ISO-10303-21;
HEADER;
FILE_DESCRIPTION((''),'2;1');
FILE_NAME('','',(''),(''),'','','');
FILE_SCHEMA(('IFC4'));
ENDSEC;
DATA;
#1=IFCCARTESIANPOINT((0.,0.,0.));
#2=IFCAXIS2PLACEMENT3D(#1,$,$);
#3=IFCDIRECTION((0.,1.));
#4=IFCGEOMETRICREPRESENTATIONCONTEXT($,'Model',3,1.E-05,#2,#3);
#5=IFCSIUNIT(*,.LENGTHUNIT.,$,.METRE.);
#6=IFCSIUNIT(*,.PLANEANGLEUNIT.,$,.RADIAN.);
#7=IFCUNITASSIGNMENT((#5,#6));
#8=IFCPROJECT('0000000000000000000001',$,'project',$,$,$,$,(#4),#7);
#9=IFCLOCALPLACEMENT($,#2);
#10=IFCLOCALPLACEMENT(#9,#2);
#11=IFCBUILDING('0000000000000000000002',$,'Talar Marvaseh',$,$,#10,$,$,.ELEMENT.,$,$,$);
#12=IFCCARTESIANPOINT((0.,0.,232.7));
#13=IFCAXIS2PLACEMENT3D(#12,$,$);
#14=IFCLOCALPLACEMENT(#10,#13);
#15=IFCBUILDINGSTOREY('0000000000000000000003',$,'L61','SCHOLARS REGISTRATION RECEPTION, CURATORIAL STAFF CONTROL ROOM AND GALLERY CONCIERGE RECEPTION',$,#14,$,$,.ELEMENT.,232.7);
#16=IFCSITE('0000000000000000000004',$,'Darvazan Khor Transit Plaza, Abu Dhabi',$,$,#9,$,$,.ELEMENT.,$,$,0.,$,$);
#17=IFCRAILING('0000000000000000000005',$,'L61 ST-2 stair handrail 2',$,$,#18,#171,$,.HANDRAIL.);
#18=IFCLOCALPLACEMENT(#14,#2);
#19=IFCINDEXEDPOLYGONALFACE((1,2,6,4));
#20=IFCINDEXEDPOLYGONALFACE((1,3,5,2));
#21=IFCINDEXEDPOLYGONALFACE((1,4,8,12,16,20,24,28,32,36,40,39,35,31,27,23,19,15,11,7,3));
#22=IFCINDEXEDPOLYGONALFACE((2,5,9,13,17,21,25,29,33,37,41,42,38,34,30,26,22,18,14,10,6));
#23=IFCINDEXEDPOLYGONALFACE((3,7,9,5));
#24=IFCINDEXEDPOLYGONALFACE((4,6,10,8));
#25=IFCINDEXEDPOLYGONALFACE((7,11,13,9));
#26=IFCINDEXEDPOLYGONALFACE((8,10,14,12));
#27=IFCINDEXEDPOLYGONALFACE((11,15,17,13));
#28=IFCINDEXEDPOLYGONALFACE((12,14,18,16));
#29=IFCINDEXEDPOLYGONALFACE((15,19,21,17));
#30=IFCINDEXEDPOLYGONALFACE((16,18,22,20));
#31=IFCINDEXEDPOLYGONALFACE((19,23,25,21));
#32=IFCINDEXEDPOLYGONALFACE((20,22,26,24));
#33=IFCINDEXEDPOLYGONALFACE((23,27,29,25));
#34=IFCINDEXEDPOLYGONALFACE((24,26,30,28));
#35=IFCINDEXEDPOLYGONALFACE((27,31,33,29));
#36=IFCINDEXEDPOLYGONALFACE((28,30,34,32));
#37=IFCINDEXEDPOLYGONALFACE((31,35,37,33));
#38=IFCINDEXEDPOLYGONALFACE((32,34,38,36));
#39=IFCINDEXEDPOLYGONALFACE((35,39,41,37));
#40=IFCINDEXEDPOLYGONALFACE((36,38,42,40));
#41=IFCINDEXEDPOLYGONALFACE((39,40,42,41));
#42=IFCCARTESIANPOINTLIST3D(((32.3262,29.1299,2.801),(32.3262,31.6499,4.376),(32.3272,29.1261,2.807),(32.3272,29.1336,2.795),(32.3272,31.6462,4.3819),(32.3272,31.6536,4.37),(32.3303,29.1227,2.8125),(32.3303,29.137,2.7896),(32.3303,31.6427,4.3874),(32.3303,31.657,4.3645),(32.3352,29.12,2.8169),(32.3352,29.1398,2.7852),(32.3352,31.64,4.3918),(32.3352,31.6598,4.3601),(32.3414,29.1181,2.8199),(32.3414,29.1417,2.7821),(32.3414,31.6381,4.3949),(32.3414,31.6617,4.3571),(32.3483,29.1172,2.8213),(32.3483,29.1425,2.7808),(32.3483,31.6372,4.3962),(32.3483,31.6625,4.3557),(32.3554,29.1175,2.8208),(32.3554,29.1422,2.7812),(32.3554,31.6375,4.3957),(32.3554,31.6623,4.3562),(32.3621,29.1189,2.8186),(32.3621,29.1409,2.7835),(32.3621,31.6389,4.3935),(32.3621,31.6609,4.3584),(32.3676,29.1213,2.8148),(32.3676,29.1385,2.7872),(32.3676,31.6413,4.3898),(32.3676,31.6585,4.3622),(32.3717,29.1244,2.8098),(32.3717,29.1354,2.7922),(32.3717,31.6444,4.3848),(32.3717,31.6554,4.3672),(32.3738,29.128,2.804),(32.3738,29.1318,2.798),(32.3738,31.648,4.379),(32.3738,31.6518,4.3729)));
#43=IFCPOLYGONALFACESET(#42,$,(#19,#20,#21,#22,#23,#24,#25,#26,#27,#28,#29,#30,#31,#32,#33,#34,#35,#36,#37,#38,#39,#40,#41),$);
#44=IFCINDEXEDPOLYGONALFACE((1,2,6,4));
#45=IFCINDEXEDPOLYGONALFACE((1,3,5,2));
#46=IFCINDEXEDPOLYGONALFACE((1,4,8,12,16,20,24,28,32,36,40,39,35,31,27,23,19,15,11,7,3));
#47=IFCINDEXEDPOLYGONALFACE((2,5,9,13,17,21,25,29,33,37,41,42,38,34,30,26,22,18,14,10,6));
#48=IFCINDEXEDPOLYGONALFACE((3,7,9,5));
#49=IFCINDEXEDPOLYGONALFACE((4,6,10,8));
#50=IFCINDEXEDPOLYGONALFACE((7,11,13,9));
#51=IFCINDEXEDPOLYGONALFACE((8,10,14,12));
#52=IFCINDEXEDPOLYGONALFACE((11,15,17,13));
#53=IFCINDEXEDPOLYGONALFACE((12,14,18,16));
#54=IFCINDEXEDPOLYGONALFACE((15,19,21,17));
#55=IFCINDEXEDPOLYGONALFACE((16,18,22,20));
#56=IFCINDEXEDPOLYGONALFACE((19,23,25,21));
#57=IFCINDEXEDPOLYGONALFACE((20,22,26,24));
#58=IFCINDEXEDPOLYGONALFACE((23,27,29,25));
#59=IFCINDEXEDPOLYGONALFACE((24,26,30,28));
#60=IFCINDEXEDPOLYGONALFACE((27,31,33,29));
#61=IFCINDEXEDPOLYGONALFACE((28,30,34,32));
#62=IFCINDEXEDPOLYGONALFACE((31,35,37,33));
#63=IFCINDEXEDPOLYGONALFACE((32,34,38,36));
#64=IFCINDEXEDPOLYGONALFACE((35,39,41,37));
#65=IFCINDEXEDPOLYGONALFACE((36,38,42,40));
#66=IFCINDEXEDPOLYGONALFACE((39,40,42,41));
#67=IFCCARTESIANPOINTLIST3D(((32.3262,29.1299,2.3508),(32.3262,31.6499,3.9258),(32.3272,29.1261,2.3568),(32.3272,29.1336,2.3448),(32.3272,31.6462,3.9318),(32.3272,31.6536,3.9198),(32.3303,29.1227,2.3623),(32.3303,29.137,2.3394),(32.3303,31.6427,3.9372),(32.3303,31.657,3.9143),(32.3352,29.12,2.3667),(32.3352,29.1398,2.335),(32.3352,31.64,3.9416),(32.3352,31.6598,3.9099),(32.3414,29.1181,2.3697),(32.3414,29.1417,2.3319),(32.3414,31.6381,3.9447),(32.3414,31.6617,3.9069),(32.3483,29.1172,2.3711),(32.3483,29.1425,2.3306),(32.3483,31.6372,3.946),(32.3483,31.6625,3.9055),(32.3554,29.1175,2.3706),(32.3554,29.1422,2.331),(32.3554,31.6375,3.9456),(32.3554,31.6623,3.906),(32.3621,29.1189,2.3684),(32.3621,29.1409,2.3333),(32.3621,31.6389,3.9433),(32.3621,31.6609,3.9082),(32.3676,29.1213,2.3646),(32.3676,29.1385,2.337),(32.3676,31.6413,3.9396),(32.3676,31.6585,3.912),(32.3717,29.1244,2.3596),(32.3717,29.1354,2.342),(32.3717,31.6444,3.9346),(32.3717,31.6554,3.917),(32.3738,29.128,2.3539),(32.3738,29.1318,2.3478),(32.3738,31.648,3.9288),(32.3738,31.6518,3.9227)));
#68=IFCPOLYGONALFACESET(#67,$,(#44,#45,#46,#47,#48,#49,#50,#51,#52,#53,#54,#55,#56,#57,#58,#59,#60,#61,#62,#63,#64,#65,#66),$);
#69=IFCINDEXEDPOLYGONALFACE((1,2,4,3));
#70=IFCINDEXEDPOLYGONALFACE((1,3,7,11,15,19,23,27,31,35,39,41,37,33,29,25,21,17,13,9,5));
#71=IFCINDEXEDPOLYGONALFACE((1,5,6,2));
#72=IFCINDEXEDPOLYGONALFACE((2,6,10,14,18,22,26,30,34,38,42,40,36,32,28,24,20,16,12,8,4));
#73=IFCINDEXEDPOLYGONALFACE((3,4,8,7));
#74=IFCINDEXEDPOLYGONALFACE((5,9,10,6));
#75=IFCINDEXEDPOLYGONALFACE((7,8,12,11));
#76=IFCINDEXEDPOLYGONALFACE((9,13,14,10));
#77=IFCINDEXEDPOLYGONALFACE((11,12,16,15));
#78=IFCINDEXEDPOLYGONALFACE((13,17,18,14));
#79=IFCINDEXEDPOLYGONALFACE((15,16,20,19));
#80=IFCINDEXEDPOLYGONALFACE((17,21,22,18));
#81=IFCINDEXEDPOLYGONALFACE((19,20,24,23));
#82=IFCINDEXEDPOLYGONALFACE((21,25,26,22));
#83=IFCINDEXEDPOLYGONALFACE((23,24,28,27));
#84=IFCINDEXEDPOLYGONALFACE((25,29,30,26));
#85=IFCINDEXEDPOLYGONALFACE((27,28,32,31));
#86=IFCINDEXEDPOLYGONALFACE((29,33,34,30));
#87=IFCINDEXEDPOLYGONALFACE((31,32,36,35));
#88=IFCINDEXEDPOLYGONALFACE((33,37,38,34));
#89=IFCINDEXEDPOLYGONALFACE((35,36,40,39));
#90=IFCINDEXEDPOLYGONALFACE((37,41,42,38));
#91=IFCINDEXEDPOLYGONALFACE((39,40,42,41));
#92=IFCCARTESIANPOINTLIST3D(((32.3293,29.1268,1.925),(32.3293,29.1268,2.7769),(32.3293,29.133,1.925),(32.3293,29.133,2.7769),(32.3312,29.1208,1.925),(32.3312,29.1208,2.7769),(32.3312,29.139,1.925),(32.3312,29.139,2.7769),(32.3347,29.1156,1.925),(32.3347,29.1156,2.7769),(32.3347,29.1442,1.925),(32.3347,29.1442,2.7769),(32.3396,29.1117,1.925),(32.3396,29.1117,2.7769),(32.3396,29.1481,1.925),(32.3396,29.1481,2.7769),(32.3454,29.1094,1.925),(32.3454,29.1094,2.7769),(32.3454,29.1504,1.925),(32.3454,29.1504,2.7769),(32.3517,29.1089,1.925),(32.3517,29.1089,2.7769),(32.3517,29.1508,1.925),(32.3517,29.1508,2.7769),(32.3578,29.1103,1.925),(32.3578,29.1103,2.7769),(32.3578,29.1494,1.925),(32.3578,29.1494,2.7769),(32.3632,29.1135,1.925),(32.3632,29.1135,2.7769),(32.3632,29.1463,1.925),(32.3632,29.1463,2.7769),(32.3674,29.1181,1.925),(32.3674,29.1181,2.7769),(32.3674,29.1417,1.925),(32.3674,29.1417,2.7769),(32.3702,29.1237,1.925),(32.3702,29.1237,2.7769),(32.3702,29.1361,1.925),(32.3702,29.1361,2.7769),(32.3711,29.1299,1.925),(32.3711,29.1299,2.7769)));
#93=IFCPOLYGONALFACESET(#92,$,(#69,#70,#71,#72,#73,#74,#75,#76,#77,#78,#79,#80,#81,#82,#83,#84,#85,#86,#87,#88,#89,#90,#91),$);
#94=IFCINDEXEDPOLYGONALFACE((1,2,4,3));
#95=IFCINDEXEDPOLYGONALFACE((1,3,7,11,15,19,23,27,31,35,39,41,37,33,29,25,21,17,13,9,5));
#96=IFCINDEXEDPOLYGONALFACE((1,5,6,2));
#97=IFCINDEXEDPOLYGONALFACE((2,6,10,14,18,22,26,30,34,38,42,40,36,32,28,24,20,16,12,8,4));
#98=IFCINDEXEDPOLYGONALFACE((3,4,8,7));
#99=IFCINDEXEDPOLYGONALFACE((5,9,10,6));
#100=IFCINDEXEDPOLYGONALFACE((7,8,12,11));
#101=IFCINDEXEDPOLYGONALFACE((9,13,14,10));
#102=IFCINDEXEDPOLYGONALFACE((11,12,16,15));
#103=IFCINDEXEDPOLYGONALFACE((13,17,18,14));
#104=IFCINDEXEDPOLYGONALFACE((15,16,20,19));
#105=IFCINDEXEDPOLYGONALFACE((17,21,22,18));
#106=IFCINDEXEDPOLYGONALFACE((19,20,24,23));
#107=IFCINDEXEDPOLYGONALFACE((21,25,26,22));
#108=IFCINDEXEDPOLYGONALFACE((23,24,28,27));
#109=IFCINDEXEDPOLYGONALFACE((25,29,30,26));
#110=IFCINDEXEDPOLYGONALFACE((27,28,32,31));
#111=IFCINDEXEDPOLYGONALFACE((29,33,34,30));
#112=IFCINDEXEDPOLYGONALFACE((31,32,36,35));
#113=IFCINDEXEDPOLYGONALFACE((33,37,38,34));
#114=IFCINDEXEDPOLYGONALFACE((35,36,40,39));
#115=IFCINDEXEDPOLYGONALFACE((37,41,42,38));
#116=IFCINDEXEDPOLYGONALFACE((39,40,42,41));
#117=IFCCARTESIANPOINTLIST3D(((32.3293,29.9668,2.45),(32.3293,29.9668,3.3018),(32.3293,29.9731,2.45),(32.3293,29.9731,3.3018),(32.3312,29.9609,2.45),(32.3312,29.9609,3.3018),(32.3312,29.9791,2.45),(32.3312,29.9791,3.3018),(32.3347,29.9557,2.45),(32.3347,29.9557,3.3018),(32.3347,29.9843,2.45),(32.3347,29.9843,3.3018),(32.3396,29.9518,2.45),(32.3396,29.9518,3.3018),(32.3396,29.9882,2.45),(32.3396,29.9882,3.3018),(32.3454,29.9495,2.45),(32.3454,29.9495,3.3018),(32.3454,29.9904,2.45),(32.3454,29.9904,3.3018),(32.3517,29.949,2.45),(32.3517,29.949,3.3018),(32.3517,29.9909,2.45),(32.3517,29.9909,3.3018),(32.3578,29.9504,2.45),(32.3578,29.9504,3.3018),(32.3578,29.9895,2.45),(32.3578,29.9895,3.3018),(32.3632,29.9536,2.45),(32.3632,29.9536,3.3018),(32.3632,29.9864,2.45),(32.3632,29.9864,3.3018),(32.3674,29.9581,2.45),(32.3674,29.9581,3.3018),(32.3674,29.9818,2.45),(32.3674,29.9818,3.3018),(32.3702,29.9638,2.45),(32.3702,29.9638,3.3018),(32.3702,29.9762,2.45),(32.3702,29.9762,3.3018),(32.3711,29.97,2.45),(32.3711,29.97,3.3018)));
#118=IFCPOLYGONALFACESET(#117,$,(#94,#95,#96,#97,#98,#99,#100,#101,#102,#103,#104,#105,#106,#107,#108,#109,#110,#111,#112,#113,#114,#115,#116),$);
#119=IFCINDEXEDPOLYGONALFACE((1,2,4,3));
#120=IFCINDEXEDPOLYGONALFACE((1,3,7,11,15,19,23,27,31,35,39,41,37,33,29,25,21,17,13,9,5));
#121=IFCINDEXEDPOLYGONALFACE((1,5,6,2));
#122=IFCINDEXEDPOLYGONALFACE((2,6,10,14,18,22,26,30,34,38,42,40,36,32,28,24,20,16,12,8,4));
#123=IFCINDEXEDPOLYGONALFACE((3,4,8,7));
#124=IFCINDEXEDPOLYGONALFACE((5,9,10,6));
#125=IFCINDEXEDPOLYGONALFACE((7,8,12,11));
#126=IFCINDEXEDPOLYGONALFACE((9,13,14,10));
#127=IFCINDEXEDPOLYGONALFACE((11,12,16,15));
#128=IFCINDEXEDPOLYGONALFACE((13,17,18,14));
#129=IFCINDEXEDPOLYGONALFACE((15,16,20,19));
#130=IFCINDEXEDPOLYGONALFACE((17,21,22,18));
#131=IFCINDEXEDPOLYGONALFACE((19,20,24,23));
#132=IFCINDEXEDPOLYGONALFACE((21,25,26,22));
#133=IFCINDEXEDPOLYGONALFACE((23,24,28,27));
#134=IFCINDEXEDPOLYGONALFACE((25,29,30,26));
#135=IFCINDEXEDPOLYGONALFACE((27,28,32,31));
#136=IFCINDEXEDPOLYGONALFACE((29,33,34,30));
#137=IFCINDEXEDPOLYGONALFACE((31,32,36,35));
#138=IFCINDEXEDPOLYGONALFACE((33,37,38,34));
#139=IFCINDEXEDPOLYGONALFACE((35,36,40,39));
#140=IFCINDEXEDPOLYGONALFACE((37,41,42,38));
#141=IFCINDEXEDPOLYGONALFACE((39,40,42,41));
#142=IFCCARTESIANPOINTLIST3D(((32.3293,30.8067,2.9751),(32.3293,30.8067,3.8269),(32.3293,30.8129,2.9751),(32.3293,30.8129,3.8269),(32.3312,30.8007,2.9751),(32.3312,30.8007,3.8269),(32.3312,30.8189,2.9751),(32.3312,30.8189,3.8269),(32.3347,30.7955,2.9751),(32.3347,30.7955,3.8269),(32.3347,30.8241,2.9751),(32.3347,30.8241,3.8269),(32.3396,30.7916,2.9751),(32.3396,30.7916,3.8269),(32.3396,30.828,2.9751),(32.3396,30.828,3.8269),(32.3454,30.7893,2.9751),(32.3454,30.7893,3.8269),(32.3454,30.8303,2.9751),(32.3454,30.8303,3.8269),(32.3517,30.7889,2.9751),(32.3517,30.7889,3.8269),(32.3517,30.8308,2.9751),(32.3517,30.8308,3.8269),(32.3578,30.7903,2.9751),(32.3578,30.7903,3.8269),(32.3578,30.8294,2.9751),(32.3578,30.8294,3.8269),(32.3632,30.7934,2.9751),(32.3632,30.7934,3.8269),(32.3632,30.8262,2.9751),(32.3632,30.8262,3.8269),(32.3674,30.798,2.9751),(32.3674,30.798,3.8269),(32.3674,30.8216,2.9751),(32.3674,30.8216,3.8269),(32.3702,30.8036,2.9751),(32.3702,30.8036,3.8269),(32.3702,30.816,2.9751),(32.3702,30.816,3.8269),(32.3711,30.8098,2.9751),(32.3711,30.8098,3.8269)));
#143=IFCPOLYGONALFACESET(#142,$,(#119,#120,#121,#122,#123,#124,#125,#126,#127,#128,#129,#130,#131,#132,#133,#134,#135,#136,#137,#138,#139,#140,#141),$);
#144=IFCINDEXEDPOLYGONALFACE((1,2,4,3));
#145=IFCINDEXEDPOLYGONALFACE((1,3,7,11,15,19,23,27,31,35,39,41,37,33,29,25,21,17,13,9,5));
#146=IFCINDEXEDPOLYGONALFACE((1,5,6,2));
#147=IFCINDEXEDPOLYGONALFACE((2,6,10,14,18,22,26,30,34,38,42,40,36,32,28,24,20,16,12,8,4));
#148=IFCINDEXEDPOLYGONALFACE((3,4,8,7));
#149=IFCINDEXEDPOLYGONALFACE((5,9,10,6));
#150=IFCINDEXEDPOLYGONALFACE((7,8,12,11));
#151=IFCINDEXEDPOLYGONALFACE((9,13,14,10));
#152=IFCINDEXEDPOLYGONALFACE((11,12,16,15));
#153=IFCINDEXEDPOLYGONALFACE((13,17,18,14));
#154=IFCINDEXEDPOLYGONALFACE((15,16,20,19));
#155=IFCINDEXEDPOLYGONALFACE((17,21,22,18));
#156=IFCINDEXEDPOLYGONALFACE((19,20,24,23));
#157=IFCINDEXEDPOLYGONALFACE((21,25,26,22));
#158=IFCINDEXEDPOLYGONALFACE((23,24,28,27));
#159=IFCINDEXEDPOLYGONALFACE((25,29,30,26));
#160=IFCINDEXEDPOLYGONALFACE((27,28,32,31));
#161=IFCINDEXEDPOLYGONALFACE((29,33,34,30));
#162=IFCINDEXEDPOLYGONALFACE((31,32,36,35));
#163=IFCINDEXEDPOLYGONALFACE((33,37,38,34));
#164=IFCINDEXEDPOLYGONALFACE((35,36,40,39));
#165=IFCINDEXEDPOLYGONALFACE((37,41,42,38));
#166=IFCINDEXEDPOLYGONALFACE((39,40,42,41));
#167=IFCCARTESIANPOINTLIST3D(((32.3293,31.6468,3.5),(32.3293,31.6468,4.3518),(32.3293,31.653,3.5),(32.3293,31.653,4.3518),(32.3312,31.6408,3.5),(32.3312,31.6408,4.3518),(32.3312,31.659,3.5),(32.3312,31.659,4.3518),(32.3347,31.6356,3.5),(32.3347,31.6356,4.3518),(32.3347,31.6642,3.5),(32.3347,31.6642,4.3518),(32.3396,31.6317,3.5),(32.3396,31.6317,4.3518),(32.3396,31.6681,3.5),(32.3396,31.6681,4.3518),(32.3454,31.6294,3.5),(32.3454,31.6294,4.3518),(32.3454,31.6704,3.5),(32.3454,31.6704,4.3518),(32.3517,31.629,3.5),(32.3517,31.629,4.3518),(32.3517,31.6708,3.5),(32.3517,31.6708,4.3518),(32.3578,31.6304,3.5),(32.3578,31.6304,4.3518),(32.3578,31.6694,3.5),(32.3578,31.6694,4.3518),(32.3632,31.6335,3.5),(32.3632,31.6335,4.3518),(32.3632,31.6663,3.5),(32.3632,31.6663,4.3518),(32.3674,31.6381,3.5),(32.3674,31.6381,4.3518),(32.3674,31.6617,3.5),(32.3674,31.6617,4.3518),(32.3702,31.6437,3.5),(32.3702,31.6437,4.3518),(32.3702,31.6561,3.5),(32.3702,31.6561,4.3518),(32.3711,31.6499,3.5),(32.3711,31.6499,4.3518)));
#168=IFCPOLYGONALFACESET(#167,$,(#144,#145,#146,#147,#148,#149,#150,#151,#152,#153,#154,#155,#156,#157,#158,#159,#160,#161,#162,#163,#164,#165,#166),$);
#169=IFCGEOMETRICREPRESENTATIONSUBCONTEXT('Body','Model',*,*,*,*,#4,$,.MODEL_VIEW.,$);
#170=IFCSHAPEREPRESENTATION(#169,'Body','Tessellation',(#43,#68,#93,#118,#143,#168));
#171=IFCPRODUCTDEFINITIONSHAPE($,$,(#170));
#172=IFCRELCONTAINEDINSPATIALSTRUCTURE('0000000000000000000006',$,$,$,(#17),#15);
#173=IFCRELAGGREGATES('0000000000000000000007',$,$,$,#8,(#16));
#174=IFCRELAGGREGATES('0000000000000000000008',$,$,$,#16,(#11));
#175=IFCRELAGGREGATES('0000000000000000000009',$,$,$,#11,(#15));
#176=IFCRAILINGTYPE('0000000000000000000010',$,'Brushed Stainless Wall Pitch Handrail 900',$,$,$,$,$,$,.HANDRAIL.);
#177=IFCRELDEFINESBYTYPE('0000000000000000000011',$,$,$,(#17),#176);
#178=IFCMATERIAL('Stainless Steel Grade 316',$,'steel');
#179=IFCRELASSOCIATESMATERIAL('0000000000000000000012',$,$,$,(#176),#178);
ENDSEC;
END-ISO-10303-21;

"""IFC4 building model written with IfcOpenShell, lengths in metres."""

from ifc_helpers import new_model, si_unit, direction, frame, origin, origin_2d, place, context, subcontext, project, spatial, circle, extrude, material, type_object, element, save


model = new_model("IFC4")

# Units and contexts
model_context = context("Model", 3, precision=1e-05, world=origin(), true_north=direction((0.0, 1.0)))
body_context = subcontext(model_context, "Body", "Model", "MODEL_VIEW")
ifc_project = project(units=[si_unit("LENGTHUNIT", "METRE"), si_unit("PLANEANGLEUNIT", "RADIAN")], contexts=[model_context])

# Site, building, storey
site_placement = place(None, origin())
site = spatial("IfcSite", under=ifc_project, at=site_placement, Name="Darvazan Khor Transit Plaza, Abu Dhabi", CompositionType="ELEMENT", RefElevation=0.0)
building_placement = place(site_placement, origin())
building = spatial("IfcBuilding", under=site, at=building_placement, Name="Talar Marvaseh", CompositionType="ELEMENT")
storey_placement = place(building_placement, frame((0.0, 0.0, 232.7)))
storey = spatial("IfcBuildingStorey", under=building, at=storey_placement, Name="L61", Description="SCHOLARS REGISTRATION RECEPTION, CURATORIAL STAFF CONTROL ROOM AND GALLERY CONCIERGE RECEPTION", CompositionType="ELEMENT", Elevation=232.7)

# Shared definitions
ifc_material_1 = material(Name="Stainless Steel Grade 316", Category="steel")

# Railing
railing_type_1 = type_object("IfcRailingType", Name="Brushed Stainless Wall Pitch Handrail 900", PredefinedType="HANDRAIL", material=ifc_material_1)
railing_1_placement = place(storey_placement, frame((32.3501, 29.1299, 1.925)))
element("IfcRailing", 1, at=railing_1_placement, inside=storey, type_object=railing_type_1, Name="L61 ST-2 stair handrail 2", PredefinedType="HANDRAIL", context=body_context, shape_type="SweptSolid", body=[
    extrude(circle(Radius=0.0239, at=origin_2d()), frame((0.0, 0.0, 0.876), z_axis=(0.0, 0.848008, 0.529984), x_axis=(-1.0, 0.0, 0.0)), (0.0, 0.0, 1.0), 2.9717),
    extrude(circle(Radius=0.0239, at=origin_2d()), frame((0.0, 0.0, 0.4258), z_axis=(0.0, 0.848008, 0.529984), x_axis=(-1.0, 0.0, 0.0)), (0.0, 0.0, 1.0), 2.9717),
    extrude(circle(Radius=0.021, at=origin_2d()), origin(), (0.0, 0.0, 1.0), 0.8518),
    extrude(circle(Radius=0.021, at=origin_2d()), frame((0.0, 0.8401, 0.5249)), (0.0, 0.0, 1.0), 0.8518),
    extrude(circle(Radius=0.021, at=origin_2d()), frame((0.0, 1.6799, 1.05)), (0.0, 0.0, 1.0), 0.8518),
    extrude(circle(Radius=0.021, at=origin_2d()), frame((0.0, 2.52, 1.575)), (0.0, 0.0, 1.0), 0.8518),
])

save(model, "model.ifc")
